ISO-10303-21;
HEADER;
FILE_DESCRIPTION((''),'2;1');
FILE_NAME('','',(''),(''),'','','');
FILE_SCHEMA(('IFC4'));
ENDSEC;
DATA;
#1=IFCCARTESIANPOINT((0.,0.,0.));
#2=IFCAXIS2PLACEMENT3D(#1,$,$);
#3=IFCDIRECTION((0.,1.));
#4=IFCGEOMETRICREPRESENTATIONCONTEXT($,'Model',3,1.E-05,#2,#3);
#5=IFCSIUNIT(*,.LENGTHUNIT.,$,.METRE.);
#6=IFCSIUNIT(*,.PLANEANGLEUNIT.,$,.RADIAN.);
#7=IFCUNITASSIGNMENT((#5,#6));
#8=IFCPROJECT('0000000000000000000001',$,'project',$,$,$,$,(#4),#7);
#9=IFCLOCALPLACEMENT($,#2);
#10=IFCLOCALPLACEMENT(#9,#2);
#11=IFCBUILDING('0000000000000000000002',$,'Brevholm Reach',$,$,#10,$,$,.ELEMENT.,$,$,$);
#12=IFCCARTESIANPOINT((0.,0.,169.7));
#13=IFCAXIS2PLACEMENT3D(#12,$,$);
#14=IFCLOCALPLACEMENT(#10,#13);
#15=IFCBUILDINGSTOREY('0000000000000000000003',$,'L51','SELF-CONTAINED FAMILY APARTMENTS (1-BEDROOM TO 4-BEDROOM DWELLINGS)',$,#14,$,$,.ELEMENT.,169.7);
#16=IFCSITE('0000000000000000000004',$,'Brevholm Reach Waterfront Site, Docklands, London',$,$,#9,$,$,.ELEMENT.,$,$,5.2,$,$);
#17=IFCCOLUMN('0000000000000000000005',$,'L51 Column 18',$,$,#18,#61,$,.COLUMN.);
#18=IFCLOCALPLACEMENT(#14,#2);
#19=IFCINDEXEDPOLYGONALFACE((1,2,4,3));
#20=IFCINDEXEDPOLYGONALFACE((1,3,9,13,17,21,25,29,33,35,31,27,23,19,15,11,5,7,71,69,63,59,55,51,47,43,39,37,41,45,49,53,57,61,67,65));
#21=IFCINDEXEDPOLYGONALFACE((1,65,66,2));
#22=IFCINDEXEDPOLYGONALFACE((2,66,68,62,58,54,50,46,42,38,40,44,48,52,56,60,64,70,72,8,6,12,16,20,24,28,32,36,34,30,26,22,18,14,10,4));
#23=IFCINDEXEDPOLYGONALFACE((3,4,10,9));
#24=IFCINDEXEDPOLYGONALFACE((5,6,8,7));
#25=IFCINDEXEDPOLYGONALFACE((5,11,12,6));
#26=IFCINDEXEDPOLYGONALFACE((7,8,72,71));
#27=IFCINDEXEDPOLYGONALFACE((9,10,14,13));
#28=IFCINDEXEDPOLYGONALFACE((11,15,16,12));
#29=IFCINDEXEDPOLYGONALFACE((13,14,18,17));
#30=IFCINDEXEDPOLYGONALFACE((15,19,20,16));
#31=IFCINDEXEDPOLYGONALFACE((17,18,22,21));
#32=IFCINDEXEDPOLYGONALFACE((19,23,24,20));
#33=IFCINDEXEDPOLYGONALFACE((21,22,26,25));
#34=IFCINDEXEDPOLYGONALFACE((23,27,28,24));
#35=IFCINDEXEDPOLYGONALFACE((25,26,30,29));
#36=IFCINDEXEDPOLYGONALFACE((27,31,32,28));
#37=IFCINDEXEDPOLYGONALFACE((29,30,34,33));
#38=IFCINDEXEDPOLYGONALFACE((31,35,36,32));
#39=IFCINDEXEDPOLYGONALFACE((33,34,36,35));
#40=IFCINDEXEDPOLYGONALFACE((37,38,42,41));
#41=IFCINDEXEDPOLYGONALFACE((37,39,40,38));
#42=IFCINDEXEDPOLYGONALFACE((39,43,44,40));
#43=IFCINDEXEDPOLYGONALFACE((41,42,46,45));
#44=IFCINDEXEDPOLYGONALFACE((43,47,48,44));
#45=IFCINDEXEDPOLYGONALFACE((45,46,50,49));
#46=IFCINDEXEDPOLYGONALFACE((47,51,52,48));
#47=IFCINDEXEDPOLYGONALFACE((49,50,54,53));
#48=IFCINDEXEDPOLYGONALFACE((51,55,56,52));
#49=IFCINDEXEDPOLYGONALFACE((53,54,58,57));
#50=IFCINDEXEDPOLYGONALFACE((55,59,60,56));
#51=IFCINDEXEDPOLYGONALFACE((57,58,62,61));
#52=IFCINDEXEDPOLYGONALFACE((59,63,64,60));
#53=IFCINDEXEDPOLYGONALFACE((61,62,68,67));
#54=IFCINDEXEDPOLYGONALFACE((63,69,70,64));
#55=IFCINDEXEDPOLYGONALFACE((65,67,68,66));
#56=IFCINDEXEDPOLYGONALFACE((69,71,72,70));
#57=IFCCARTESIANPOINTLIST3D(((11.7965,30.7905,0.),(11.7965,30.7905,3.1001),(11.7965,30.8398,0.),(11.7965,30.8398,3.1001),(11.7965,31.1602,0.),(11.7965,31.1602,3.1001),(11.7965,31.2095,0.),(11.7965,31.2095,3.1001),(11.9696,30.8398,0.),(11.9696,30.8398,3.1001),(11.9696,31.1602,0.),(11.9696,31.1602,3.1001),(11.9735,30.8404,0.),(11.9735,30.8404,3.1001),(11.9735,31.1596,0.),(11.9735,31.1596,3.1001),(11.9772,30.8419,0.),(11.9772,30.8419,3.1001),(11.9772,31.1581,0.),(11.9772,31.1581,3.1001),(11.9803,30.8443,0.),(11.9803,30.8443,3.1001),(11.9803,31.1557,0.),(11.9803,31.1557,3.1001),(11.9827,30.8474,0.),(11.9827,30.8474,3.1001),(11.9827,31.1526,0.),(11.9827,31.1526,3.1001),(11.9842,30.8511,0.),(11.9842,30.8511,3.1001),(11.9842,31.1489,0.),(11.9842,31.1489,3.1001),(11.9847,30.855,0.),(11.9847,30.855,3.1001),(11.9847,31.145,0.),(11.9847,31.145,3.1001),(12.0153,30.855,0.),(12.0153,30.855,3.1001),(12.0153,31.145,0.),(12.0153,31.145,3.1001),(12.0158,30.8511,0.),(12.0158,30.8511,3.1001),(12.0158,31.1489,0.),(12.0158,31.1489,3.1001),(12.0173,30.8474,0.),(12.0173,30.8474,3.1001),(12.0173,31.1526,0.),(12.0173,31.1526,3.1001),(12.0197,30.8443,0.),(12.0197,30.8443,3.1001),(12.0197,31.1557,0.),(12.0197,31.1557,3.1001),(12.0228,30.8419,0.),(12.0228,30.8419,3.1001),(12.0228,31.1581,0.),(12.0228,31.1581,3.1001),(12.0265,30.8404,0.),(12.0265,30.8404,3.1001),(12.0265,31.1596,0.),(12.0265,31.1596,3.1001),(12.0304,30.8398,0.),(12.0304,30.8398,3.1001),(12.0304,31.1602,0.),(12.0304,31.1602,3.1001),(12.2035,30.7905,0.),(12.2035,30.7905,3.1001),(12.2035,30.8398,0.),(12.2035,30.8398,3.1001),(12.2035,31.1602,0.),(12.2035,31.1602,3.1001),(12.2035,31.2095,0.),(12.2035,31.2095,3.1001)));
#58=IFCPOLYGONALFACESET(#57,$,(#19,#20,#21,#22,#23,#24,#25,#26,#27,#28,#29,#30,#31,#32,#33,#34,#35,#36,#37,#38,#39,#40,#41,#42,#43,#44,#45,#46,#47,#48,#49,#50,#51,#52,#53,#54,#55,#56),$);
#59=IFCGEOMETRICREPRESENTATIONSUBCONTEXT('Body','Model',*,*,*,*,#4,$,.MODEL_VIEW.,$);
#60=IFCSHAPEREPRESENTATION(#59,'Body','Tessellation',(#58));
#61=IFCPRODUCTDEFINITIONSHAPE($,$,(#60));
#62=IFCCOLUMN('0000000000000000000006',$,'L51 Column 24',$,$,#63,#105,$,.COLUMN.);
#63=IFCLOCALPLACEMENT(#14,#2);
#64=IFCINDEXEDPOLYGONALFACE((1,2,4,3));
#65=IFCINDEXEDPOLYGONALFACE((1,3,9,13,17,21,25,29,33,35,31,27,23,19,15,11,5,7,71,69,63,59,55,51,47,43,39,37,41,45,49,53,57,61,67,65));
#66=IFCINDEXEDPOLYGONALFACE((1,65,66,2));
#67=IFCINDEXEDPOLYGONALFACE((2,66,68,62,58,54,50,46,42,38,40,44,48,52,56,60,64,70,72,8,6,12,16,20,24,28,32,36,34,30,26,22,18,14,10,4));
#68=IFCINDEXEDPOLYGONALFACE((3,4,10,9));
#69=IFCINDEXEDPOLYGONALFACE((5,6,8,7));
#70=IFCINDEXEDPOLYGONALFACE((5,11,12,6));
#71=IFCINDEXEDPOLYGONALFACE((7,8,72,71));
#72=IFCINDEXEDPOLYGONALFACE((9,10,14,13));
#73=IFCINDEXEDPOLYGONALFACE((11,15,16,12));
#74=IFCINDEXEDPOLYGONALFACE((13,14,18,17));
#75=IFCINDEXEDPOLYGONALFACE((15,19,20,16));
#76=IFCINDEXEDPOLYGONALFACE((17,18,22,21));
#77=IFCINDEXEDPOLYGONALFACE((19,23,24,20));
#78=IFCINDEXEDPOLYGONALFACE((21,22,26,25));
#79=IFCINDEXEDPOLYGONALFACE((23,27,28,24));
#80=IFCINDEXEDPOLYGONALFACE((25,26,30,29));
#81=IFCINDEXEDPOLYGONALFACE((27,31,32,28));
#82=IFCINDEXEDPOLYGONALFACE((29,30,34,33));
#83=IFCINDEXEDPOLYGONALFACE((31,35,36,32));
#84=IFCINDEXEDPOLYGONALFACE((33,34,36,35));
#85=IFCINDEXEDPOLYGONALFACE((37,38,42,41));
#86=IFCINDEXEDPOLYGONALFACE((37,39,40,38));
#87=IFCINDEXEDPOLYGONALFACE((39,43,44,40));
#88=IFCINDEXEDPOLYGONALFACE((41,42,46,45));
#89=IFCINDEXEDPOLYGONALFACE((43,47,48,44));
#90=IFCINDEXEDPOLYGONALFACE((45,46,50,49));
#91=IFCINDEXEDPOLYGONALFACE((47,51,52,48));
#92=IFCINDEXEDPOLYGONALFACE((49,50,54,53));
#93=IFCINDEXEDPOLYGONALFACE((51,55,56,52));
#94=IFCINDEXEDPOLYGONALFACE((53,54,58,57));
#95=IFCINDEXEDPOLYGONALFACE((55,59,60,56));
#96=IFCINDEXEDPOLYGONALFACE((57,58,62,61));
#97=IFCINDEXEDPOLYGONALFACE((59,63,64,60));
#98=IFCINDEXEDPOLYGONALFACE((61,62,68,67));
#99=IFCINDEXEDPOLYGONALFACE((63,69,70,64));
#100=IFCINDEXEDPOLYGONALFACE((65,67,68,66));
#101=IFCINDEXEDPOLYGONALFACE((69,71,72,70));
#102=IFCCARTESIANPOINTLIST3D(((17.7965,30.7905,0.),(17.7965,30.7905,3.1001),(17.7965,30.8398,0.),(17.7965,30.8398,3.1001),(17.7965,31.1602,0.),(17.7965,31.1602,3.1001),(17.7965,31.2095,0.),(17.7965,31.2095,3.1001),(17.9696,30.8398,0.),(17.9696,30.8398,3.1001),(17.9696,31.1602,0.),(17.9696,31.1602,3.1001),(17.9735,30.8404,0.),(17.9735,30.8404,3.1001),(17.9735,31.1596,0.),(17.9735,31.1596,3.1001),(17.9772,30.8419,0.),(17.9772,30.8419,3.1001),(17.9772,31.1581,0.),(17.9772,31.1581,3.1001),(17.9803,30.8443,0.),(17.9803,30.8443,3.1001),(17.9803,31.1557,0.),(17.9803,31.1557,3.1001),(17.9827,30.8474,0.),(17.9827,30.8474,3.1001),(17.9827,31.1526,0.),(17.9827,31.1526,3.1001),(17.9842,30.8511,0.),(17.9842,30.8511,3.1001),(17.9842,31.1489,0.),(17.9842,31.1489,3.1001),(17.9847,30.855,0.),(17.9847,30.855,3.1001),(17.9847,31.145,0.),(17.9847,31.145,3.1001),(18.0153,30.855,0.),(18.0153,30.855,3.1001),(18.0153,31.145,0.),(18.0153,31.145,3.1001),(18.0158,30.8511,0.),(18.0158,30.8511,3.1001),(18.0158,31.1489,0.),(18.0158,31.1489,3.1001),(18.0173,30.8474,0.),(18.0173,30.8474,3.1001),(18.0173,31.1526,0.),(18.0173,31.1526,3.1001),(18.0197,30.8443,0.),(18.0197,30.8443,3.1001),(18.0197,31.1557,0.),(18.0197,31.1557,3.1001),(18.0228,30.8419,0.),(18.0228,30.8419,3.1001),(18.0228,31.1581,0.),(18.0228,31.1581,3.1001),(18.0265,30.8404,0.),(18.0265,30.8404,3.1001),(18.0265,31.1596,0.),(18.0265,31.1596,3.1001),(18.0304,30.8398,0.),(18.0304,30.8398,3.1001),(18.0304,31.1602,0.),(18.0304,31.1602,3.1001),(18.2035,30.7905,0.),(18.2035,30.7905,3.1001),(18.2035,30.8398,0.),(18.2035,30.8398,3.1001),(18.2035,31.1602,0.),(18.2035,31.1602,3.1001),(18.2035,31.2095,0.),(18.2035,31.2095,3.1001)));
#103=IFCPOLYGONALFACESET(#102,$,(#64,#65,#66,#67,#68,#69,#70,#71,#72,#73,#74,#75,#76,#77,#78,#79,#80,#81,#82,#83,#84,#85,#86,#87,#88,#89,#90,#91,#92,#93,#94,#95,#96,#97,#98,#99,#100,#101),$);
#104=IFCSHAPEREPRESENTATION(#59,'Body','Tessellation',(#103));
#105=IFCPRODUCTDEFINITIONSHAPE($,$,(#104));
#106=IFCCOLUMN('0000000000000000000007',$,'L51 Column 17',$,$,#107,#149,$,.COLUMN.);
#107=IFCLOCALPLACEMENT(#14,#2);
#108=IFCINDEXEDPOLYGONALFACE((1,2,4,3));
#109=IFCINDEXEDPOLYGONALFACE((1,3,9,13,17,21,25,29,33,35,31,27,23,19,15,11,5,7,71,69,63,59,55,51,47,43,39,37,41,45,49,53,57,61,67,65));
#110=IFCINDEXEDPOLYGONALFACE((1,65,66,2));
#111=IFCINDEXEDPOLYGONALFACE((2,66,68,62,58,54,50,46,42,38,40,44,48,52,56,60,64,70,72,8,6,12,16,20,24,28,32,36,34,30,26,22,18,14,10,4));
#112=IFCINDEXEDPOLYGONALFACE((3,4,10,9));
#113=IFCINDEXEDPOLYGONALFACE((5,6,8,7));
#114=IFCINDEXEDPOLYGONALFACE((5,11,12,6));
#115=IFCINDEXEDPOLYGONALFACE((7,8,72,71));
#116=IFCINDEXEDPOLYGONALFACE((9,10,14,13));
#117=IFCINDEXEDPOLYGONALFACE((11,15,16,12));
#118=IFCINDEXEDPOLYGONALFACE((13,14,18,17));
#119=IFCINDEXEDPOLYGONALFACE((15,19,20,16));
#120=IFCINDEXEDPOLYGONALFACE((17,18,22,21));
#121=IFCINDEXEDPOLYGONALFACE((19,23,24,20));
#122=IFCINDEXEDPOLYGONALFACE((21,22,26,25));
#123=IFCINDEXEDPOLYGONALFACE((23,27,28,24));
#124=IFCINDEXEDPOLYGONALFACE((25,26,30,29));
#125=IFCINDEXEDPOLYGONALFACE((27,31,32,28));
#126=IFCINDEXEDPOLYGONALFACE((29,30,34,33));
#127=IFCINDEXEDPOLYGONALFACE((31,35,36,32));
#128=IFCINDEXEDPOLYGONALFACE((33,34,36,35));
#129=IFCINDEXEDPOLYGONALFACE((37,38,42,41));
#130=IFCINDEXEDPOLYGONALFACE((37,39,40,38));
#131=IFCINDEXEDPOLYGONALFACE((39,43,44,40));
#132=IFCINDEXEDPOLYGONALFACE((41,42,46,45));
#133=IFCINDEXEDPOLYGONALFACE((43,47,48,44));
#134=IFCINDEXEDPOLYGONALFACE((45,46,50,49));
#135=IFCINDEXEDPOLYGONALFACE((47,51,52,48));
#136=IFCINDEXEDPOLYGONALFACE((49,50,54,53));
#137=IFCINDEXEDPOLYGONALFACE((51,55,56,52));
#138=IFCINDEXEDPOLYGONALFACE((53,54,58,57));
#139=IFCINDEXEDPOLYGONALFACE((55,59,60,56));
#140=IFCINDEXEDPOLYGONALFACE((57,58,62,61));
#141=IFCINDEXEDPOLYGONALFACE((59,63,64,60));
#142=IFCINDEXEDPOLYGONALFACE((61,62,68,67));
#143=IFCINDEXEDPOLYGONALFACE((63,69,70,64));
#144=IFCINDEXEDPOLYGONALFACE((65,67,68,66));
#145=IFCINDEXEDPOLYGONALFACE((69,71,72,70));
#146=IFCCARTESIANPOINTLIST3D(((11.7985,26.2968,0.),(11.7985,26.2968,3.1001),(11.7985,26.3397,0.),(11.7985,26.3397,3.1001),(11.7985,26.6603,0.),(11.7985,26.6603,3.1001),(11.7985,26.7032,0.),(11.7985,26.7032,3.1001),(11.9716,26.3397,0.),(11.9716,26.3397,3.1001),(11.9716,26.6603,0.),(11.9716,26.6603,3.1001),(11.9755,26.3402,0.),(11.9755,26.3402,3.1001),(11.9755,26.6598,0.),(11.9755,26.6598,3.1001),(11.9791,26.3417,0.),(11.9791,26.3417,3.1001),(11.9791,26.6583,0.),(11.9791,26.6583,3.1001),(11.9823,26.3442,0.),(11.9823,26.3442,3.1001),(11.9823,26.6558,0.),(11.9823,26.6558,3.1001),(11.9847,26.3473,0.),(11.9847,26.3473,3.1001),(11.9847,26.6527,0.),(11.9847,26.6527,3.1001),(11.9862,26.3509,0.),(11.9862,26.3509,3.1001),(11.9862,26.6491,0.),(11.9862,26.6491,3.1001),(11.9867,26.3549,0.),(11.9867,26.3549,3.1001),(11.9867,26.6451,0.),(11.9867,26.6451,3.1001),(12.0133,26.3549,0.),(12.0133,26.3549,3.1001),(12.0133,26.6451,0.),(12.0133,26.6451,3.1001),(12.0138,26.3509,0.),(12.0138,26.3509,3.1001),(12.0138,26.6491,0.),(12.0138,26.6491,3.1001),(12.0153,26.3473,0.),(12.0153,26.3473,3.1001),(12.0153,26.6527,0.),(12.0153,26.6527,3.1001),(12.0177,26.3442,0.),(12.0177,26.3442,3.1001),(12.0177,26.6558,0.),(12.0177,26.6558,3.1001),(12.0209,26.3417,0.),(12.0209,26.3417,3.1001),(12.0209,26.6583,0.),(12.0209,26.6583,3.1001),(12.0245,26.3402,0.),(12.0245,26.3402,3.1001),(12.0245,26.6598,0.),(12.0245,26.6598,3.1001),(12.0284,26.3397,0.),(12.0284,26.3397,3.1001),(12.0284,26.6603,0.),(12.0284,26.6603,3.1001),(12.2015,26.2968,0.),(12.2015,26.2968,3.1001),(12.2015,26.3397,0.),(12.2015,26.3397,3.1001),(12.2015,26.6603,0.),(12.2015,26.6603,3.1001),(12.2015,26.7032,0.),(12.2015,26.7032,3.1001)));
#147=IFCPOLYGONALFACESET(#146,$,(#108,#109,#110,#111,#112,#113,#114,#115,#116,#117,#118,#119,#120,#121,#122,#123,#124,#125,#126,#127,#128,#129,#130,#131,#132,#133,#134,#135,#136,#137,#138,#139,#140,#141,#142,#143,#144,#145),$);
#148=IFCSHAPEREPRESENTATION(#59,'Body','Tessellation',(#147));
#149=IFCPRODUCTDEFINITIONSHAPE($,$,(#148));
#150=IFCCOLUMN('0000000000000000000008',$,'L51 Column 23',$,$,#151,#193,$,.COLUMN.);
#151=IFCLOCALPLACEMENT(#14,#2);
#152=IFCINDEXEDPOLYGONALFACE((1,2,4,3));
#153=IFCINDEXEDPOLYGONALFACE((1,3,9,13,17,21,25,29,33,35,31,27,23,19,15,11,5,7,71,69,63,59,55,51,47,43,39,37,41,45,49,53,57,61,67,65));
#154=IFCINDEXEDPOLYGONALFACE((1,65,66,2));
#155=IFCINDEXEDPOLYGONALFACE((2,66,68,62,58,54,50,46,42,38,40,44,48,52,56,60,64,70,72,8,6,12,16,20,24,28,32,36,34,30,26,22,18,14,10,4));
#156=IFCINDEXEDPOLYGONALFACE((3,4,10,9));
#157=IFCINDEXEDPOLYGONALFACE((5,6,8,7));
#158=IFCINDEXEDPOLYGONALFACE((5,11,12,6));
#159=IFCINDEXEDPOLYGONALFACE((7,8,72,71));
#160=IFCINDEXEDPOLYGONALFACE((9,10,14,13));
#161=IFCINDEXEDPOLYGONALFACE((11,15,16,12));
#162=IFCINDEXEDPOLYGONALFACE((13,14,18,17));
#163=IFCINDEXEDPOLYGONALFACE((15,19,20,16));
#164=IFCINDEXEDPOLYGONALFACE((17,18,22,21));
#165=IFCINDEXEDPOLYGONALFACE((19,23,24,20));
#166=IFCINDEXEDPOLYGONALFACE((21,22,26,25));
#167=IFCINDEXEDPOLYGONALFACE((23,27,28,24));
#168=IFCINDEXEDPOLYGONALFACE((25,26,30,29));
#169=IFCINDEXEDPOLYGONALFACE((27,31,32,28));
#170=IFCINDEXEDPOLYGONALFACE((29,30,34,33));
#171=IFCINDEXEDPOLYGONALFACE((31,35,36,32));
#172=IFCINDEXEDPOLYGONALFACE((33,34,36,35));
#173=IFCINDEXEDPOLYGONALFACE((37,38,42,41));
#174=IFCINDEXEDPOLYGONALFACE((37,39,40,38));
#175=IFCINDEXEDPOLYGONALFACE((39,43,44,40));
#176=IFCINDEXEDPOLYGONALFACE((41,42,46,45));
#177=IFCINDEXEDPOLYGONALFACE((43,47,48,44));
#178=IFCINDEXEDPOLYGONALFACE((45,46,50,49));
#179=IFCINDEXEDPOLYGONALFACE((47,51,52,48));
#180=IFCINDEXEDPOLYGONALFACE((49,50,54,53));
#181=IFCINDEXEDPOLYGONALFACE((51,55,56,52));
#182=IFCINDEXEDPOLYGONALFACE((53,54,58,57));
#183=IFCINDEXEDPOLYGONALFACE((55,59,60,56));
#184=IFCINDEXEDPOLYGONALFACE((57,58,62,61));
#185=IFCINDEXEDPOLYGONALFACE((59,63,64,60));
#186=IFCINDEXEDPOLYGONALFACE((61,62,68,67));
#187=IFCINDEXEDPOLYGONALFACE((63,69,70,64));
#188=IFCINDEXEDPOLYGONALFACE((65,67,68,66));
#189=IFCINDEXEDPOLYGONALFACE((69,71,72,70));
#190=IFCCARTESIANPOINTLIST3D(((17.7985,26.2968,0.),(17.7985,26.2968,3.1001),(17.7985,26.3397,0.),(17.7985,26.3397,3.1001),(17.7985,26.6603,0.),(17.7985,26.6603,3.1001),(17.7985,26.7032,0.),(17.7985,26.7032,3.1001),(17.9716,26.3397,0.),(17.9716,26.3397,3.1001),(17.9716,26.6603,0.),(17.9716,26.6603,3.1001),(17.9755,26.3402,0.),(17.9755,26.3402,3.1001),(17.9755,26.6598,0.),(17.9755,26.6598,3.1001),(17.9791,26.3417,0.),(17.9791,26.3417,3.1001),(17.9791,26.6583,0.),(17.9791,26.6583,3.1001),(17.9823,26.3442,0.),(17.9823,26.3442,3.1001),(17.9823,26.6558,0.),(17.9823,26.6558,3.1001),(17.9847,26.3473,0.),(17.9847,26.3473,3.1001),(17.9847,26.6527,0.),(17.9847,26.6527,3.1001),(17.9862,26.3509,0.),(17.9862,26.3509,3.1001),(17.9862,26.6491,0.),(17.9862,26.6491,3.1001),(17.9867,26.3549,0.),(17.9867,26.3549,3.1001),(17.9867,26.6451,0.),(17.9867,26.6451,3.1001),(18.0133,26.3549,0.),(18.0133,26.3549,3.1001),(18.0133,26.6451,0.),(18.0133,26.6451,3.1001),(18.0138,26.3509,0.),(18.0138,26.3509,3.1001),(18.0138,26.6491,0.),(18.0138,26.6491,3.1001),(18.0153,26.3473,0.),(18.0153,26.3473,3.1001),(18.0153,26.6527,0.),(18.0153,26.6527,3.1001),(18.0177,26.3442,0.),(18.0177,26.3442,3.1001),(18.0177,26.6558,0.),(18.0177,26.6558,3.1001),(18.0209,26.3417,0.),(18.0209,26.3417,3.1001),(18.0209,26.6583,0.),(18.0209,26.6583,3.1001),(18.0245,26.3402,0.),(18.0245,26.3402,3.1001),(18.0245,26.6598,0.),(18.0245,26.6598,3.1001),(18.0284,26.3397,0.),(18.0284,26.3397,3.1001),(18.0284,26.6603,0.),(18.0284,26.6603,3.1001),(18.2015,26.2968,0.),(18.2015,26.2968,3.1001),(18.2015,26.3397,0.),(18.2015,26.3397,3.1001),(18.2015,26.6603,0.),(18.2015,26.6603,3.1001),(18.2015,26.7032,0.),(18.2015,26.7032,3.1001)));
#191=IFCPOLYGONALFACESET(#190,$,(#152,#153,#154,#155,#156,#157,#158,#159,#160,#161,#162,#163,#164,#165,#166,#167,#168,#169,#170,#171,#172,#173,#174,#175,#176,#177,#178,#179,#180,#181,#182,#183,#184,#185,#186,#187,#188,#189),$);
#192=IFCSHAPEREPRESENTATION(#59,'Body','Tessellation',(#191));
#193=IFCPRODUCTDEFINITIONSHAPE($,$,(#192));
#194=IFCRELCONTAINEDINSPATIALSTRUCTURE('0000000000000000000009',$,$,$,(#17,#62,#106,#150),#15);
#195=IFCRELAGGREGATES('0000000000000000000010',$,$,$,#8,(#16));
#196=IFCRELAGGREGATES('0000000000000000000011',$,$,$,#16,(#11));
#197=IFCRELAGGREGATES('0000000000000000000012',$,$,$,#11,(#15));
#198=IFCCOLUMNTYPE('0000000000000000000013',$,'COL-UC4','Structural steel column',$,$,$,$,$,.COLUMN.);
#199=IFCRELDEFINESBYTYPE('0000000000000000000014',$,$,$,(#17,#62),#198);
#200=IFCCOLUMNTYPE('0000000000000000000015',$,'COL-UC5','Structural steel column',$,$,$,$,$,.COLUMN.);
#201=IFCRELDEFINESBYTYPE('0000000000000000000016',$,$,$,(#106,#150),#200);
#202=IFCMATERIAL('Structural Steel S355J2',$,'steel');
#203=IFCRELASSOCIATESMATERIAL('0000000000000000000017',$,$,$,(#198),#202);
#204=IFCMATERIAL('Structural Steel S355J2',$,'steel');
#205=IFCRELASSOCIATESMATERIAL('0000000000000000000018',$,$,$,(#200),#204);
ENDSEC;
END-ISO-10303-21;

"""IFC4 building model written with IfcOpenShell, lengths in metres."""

from ifc_helpers import new_model, si_unit, direction, frame, origin, origin_2d, place, context, subcontext, project, spatial, i_section, extrude, material, material_profile, profile_set, type_object, element, save


model = new_model("IFC4")

# Units and contexts
model_context = context("Model", 3, precision=1e-05, world=origin(), true_north=direction((0.0, 1.0)))
body_context = subcontext(model_context, "Body", "Model", "MODEL_VIEW")
ifc_project = project(units=[si_unit("LENGTHUNIT", "METRE"), si_unit("PLANEANGLEUNIT", "RADIAN")], contexts=[model_context])

# Site, building, storey
site_placement = place(None, origin())
site = spatial("IfcSite", under=ifc_project, at=site_placement, Name="Brevholm Reach Waterfront Site, Docklands, London", CompositionType="ELEMENT", RefElevation=5.2)
building_placement = place(site_placement, origin())
building = spatial("IfcBuilding", under=site, at=building_placement, Name="Brevholm Reach", CompositionType="ELEMENT")
storey_placement = place(building_placement, frame((0.0, 0.0, 169.7)))
storey = spatial("IfcBuildingStorey", under=building, at=storey_placement, Name="L51", Description="SELF-CONTAINED FAMILY APARTMENTS (1-BEDROOM TO 4-BEDROOM DWELLINGS)", CompositionType="ELEMENT", Elevation=169.7)

# Columns
ifc_material_1 = material(Name="Structural Steel S355J2", Category="steel")
ifc_material_profile_1 = material_profile(ifc_material_1, i_section(OverallWidth=0.407, OverallDepth=0.4189, WebThickness=0.0305, FlangeThickness=0.0493, FilletRadius=0.0151, at=origin_2d()), Name="UKC 356x406x393")
ifc_profile_set_1 = profile_set([ifc_material_profile_1], Name="Structural Steel S355J2")
column_type_1 = type_object("IfcColumnType", Name="COL-UC4", Description="Structural steel column", PredefinedType="COLUMN", material=ifc_profile_set_1)
for number, where, z_axis, x_axis, name in (
    (1, (12.0, 31.0, 0.0), (0.0, 0.0, 1.0), (1.0, 0.0, 0.0), "L51 Column 18"),
    (2, (18.0, 31.0, 0.0), (0.0, 0.0, 1.0), (1.0, 0.0, 0.0), "L51 Column 24"),
):
    element("IfcColumn", number, at=place(storey_placement, frame(where, z_axis=z_axis, x_axis=x_axis)), inside=storey, type_object=column_type_1, Name=name, PredefinedType="COLUMN", context=body_context, shape_type="SweptSolid", body=[
        extrude(i_section(OverallWidth=0.407, OverallDepth=0.4189, WebThickness=0.0305, FlangeThickness=0.0493, FilletRadius=0.0151, at=origin_2d()), origin(), (0.0, 0.0, 1.0), 3.1001),
    ])
ifc_material_2 = material(Name="Structural Steel S355J2", Category="steel")
ifc_material_profile_2 = material_profile(ifc_material_2, i_section(OverallWidth=0.4031, OverallDepth=0.4065, WebThickness=0.0266, FlangeThickness=0.043, FilletRadius=0.0151, at=origin_2d()), Name="UKC 356x406x340")
ifc_profile_set_2 = profile_set([ifc_material_profile_2], Name="Structural Steel S355J2")
column_type_2 = type_object("IfcColumnType", Name="COL-UC5", Description="Structural steel column", PredefinedType="COLUMN", material=ifc_profile_set_2)
for number, where, z_axis, x_axis, name in (
    (3, (12.0, 26.5, 0.0), (0.0, 0.0, 1.0), (1.0, 0.0, 0.0), "L51 Column 17"),
    (4, (18.0, 26.5, 0.0), (0.0, 0.0, 1.0), (1.0, 0.0, 0.0), "L51 Column 23"),
):
    element("IfcColumn", number, at=place(storey_placement, frame(where, z_axis=z_axis, x_axis=x_axis)), inside=storey, type_object=column_type_2, Name=name, PredefinedType="COLUMN", context=body_context, shape_type="SweptSolid", body=[
        extrude(i_section(OverallWidth=0.4031, OverallDepth=0.4065, WebThickness=0.0266, FlangeThickness=0.043, FilletRadius=0.0151, at=origin_2d()), origin(), (0.0, 0.0, 1.0), 3.1001),
    ])

save(model, "model.ifc")
